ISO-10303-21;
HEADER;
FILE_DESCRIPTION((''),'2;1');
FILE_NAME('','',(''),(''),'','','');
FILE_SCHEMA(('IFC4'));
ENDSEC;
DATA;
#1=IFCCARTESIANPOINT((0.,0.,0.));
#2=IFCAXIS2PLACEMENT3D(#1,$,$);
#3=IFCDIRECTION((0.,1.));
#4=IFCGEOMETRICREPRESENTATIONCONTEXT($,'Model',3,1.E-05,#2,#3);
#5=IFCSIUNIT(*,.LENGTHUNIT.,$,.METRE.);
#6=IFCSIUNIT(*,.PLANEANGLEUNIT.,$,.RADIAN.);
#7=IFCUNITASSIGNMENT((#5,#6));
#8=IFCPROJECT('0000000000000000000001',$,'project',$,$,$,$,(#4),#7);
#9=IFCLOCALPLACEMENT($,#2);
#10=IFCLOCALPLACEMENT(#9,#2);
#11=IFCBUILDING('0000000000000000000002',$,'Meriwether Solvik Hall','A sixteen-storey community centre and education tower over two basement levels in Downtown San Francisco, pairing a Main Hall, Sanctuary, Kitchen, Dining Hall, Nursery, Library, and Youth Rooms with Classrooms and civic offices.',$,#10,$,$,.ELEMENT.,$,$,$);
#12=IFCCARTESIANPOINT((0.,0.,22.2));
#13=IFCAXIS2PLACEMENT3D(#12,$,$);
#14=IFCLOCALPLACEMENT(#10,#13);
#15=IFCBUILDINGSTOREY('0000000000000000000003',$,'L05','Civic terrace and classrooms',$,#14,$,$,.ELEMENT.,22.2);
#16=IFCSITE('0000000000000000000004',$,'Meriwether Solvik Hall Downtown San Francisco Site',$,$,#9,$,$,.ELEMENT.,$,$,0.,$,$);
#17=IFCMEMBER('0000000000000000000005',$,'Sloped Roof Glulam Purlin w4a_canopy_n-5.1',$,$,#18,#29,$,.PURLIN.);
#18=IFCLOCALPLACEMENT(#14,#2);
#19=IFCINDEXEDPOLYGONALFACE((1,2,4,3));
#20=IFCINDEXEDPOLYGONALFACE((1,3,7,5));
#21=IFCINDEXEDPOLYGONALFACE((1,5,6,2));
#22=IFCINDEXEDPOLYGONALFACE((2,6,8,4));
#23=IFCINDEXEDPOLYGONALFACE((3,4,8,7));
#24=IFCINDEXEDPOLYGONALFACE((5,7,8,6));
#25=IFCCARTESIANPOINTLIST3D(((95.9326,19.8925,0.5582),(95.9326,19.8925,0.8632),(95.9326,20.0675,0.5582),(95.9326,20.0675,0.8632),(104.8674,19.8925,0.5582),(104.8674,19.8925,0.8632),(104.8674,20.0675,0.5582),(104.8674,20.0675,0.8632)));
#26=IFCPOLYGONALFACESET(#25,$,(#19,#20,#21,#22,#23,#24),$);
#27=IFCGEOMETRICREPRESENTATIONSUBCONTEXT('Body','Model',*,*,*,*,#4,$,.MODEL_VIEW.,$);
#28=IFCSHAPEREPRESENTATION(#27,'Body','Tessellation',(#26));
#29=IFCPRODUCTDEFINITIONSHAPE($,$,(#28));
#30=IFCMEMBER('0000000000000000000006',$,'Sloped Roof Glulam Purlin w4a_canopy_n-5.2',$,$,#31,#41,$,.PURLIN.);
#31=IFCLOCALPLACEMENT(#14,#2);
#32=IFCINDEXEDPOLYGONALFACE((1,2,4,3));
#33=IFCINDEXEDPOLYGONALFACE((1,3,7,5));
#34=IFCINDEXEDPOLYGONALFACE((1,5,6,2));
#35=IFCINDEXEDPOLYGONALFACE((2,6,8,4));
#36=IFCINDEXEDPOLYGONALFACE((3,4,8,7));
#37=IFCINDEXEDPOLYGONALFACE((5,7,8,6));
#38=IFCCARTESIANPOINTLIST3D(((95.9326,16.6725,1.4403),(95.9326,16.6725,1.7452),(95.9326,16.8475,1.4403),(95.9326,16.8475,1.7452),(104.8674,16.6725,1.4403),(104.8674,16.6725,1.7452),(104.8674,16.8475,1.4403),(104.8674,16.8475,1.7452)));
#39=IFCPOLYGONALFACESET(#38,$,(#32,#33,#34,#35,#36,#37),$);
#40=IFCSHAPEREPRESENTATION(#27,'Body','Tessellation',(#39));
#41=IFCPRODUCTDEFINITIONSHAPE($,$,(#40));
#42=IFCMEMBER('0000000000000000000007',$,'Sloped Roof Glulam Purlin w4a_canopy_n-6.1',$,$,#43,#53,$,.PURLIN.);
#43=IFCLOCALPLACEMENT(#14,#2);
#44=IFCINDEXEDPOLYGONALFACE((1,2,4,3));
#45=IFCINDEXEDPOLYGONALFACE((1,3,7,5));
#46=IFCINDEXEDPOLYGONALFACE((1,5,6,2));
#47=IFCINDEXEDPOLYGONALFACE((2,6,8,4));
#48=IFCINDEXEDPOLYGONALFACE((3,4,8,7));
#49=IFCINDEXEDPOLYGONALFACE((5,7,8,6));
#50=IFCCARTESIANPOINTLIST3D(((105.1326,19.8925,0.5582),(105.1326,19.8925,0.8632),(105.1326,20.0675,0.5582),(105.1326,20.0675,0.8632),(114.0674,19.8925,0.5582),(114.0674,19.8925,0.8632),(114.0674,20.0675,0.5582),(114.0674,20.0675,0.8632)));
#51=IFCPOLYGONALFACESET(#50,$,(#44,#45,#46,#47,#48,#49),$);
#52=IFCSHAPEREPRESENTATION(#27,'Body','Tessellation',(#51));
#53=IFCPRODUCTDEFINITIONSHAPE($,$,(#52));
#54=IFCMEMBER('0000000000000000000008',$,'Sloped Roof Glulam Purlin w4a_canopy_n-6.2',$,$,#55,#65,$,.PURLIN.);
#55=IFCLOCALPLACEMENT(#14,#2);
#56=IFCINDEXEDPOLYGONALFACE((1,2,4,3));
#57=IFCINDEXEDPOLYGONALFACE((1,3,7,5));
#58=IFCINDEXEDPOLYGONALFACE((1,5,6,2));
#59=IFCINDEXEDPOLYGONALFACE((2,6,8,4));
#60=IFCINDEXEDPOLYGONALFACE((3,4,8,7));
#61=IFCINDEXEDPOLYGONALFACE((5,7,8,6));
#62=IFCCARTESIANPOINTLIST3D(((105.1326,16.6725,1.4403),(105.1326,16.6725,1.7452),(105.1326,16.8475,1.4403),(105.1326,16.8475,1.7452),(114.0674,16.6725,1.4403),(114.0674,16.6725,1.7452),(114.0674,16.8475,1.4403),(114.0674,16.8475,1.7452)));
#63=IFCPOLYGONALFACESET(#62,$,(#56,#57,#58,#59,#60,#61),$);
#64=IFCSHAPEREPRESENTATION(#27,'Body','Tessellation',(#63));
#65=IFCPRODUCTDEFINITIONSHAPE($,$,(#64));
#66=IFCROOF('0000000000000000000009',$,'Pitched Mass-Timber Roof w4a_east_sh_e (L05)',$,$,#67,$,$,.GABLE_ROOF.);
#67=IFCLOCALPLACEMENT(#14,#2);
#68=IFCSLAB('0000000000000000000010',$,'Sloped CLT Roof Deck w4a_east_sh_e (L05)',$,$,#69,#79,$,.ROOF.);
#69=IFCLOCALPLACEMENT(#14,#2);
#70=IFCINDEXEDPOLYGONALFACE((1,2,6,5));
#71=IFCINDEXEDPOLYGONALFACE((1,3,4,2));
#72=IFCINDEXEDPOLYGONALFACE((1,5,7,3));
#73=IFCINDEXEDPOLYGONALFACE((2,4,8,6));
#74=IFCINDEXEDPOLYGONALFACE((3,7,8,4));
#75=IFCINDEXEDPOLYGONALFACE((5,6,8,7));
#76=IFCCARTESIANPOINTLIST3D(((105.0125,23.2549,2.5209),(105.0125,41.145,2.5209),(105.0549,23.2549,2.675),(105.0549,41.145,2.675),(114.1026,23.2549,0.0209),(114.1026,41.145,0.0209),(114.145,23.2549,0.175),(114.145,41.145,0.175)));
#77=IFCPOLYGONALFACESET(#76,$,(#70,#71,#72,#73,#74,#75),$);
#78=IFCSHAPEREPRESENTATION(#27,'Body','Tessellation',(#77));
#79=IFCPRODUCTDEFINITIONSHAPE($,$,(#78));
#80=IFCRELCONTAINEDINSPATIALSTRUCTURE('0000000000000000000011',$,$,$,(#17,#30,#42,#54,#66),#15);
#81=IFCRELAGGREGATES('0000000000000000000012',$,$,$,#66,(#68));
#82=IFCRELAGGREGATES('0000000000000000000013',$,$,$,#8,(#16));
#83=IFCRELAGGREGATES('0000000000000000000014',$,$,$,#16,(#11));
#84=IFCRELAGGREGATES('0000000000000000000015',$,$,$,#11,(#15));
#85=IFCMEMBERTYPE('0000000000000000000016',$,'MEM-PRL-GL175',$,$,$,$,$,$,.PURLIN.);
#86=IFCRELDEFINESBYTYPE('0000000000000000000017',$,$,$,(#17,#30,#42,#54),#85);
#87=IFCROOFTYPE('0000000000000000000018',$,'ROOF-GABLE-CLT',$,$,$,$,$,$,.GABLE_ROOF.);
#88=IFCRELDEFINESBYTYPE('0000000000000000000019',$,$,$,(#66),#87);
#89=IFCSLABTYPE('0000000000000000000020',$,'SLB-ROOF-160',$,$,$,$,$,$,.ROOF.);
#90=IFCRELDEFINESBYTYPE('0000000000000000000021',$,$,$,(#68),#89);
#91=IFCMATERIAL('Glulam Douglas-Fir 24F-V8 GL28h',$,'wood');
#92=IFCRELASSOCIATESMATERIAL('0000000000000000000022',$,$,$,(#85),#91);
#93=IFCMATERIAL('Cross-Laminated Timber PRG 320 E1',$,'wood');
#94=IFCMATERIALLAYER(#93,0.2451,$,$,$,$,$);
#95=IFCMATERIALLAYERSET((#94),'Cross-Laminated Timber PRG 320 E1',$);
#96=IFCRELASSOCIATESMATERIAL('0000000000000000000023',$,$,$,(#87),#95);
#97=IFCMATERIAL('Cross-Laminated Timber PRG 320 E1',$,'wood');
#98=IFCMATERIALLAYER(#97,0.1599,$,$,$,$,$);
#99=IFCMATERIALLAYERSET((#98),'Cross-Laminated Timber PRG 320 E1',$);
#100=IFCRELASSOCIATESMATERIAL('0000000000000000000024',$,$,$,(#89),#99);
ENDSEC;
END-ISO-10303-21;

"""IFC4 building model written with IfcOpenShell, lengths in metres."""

from ifc_helpers import new_model, si_unit, direction, frame, origin, origin_2d, place, context, subcontext, project, spatial, polyline, rectangle, outline, extrude, material, layer, layer_set, material_profile, profile_set, type_object, element, aggregate, save


model = new_model("IFC4")

# Units and contexts
model_context = context("Model", 3, precision=1e-05, world=origin(), true_north=direction((0.0, 1.0)))
body_context = subcontext(model_context, "Body", "Model", "MODEL_VIEW")
ifc_project = project(units=[si_unit("LENGTHUNIT", "METRE"), si_unit("PLANEANGLEUNIT", "RADIAN")], contexts=[model_context])

# Site, building, storey
site_placement = place(None, origin())
site = spatial("IfcSite", under=ifc_project, at=site_placement, Name="Meriwether Solvik Hall Downtown San Francisco Site", CompositionType="ELEMENT", RefElevation=0.0)
building_placement = place(site_placement, origin())
building = spatial("IfcBuilding", under=site, at=building_placement, Name="Meriwether Solvik Hall", Description="A sixteen-storey community centre and education tower over two basement levels in Downtown San Francisco, pairing a Main Hall, Sanctuary, Kitchen, Dining Hall, Nursery, Library, and Youth Rooms with Classrooms and civic offices.", CompositionType="ELEMENT")
storey_placement = place(building_placement, frame((0.0, 0.0, 22.2)))
storey = spatial("IfcBuildingStorey", under=building, at=storey_placement, Name="L05", Description="Civic terrace and classrooms", CompositionType="ELEMENT", Elevation=22.2)

# Members
ifc_material_1 = material(Name="Glulam Douglas-Fir 24F-V8 GL28h", Category="wood")
ifc_material_profile_1 = material_profile(ifc_material_1, rectangle(XDim=0.175, YDim=0.3049, at=origin_2d()), Name="GLM-175X305")
ifc_profile_set_1 = profile_set([ifc_material_profile_1], Name="Glulam Douglas-Fir 24F-V8 GL28h")
member_type = type_object("IfcMemberType", Name="MEM-PRL-GL175", PredefinedType="PURLIN", material=ifc_profile_set_1)
for number, where, z_axis, x_axis, name in (
    (1, (95.9326, 19.98, 0.7107), (1.0, 0.0, 0.0), (0.0, 1.0, 0.0), "Sloped Roof Glulam Purlin w4a_canopy_n-5.1"),
    (2, (95.9326, 16.76, 1.5928), (1.0, 0.0, 0.0), (0.0, 1.0, 0.0), "Sloped Roof Glulam Purlin w4a_canopy_n-5.2"),
    (3, (105.1326, 19.98, 0.7107), (1.0, 0.0, 0.0), (0.0, 1.0, 0.0), "Sloped Roof Glulam Purlin w4a_canopy_n-6.1"),
    (4, (105.1326, 16.76, 1.5928), (1.0, 0.0, 0.0), (0.0, 1.0, 0.0), "Sloped Roof Glulam Purlin w4a_canopy_n-6.2"),
):
    element("IfcMember", number, at=place(storey_placement, frame(where, z_axis=z_axis, x_axis=x_axis)), inside=storey, type_object=member_type, Name=name, PredefinedType="PURLIN", context=body_context, shape_type="SweptSolid", body=[
        extrude(rectangle(XDim=0.175, YDim=0.3049, at=origin_2d()), origin(), (0.0, 0.0, 1.0), 8.9348),
    ])

# Roof, slab
ifc_material_2 = material(Name="Cross-Laminated Timber PRG 320 E1", Category="wood")
ifc_layer_1 = layer(ifc_material_2, 0.2451)
ifc_layer_set_1 = layer_set([ifc_layer_1], Name="Cross-Laminated Timber PRG 320 E1")
roof_type = type_object("IfcRoofType", Name="ROOF-GABLE-CLT", PredefinedType="GABLE_ROOF", material=ifc_layer_set_1)
roof_placement = place(storey_placement, origin())
roof = element("IfcRoof", 5, at=roof_placement, inside=storey, type_object=roof_type, Name="Pitched Mass-Timber Roof w4a_east_sh_e (L05)", PredefinedType="GABLE_ROOF")
ifc_material_3 = material(Name="Cross-Laminated Timber PRG 320 E1", Category="wood")
ifc_layer_2 = layer(ifc_material_3, 0.1599)
ifc_layer_set_2 = layer_set([ifc_layer_2], Name="Cross-Laminated Timber PRG 320 E1")
slab_type = type_object("IfcSlabType", Name="SLB-ROOF-160", PredefinedType="ROOF", material=ifc_layer_set_2)
slab_placement = place(storey_placement, frame((105.0549, 23.2549, 2.675), z_axis=(0.265179, 0.0, 0.964199), x_axis=(0.964199, 0.0, -0.265179)))
slab = element("IfcSlab", 6, at=slab_placement, type_object=slab_type, Name="Sloped CLT Roof Deck w4a_east_sh_e (L05)", PredefinedType="ROOF", context=body_context, shape_type="SweptSolid", body=[
    extrude(outline(polyline([(0.0, 0.0), (9.4276, 0.0), (9.4276, 17.8901), (0.0, 17.8901), (0.0, 0.0)])), origin(), (0.0, 0.0, -1.0), 0.1599),
])
aggregate(roof, [slab])

save(model, "model.ifc")
